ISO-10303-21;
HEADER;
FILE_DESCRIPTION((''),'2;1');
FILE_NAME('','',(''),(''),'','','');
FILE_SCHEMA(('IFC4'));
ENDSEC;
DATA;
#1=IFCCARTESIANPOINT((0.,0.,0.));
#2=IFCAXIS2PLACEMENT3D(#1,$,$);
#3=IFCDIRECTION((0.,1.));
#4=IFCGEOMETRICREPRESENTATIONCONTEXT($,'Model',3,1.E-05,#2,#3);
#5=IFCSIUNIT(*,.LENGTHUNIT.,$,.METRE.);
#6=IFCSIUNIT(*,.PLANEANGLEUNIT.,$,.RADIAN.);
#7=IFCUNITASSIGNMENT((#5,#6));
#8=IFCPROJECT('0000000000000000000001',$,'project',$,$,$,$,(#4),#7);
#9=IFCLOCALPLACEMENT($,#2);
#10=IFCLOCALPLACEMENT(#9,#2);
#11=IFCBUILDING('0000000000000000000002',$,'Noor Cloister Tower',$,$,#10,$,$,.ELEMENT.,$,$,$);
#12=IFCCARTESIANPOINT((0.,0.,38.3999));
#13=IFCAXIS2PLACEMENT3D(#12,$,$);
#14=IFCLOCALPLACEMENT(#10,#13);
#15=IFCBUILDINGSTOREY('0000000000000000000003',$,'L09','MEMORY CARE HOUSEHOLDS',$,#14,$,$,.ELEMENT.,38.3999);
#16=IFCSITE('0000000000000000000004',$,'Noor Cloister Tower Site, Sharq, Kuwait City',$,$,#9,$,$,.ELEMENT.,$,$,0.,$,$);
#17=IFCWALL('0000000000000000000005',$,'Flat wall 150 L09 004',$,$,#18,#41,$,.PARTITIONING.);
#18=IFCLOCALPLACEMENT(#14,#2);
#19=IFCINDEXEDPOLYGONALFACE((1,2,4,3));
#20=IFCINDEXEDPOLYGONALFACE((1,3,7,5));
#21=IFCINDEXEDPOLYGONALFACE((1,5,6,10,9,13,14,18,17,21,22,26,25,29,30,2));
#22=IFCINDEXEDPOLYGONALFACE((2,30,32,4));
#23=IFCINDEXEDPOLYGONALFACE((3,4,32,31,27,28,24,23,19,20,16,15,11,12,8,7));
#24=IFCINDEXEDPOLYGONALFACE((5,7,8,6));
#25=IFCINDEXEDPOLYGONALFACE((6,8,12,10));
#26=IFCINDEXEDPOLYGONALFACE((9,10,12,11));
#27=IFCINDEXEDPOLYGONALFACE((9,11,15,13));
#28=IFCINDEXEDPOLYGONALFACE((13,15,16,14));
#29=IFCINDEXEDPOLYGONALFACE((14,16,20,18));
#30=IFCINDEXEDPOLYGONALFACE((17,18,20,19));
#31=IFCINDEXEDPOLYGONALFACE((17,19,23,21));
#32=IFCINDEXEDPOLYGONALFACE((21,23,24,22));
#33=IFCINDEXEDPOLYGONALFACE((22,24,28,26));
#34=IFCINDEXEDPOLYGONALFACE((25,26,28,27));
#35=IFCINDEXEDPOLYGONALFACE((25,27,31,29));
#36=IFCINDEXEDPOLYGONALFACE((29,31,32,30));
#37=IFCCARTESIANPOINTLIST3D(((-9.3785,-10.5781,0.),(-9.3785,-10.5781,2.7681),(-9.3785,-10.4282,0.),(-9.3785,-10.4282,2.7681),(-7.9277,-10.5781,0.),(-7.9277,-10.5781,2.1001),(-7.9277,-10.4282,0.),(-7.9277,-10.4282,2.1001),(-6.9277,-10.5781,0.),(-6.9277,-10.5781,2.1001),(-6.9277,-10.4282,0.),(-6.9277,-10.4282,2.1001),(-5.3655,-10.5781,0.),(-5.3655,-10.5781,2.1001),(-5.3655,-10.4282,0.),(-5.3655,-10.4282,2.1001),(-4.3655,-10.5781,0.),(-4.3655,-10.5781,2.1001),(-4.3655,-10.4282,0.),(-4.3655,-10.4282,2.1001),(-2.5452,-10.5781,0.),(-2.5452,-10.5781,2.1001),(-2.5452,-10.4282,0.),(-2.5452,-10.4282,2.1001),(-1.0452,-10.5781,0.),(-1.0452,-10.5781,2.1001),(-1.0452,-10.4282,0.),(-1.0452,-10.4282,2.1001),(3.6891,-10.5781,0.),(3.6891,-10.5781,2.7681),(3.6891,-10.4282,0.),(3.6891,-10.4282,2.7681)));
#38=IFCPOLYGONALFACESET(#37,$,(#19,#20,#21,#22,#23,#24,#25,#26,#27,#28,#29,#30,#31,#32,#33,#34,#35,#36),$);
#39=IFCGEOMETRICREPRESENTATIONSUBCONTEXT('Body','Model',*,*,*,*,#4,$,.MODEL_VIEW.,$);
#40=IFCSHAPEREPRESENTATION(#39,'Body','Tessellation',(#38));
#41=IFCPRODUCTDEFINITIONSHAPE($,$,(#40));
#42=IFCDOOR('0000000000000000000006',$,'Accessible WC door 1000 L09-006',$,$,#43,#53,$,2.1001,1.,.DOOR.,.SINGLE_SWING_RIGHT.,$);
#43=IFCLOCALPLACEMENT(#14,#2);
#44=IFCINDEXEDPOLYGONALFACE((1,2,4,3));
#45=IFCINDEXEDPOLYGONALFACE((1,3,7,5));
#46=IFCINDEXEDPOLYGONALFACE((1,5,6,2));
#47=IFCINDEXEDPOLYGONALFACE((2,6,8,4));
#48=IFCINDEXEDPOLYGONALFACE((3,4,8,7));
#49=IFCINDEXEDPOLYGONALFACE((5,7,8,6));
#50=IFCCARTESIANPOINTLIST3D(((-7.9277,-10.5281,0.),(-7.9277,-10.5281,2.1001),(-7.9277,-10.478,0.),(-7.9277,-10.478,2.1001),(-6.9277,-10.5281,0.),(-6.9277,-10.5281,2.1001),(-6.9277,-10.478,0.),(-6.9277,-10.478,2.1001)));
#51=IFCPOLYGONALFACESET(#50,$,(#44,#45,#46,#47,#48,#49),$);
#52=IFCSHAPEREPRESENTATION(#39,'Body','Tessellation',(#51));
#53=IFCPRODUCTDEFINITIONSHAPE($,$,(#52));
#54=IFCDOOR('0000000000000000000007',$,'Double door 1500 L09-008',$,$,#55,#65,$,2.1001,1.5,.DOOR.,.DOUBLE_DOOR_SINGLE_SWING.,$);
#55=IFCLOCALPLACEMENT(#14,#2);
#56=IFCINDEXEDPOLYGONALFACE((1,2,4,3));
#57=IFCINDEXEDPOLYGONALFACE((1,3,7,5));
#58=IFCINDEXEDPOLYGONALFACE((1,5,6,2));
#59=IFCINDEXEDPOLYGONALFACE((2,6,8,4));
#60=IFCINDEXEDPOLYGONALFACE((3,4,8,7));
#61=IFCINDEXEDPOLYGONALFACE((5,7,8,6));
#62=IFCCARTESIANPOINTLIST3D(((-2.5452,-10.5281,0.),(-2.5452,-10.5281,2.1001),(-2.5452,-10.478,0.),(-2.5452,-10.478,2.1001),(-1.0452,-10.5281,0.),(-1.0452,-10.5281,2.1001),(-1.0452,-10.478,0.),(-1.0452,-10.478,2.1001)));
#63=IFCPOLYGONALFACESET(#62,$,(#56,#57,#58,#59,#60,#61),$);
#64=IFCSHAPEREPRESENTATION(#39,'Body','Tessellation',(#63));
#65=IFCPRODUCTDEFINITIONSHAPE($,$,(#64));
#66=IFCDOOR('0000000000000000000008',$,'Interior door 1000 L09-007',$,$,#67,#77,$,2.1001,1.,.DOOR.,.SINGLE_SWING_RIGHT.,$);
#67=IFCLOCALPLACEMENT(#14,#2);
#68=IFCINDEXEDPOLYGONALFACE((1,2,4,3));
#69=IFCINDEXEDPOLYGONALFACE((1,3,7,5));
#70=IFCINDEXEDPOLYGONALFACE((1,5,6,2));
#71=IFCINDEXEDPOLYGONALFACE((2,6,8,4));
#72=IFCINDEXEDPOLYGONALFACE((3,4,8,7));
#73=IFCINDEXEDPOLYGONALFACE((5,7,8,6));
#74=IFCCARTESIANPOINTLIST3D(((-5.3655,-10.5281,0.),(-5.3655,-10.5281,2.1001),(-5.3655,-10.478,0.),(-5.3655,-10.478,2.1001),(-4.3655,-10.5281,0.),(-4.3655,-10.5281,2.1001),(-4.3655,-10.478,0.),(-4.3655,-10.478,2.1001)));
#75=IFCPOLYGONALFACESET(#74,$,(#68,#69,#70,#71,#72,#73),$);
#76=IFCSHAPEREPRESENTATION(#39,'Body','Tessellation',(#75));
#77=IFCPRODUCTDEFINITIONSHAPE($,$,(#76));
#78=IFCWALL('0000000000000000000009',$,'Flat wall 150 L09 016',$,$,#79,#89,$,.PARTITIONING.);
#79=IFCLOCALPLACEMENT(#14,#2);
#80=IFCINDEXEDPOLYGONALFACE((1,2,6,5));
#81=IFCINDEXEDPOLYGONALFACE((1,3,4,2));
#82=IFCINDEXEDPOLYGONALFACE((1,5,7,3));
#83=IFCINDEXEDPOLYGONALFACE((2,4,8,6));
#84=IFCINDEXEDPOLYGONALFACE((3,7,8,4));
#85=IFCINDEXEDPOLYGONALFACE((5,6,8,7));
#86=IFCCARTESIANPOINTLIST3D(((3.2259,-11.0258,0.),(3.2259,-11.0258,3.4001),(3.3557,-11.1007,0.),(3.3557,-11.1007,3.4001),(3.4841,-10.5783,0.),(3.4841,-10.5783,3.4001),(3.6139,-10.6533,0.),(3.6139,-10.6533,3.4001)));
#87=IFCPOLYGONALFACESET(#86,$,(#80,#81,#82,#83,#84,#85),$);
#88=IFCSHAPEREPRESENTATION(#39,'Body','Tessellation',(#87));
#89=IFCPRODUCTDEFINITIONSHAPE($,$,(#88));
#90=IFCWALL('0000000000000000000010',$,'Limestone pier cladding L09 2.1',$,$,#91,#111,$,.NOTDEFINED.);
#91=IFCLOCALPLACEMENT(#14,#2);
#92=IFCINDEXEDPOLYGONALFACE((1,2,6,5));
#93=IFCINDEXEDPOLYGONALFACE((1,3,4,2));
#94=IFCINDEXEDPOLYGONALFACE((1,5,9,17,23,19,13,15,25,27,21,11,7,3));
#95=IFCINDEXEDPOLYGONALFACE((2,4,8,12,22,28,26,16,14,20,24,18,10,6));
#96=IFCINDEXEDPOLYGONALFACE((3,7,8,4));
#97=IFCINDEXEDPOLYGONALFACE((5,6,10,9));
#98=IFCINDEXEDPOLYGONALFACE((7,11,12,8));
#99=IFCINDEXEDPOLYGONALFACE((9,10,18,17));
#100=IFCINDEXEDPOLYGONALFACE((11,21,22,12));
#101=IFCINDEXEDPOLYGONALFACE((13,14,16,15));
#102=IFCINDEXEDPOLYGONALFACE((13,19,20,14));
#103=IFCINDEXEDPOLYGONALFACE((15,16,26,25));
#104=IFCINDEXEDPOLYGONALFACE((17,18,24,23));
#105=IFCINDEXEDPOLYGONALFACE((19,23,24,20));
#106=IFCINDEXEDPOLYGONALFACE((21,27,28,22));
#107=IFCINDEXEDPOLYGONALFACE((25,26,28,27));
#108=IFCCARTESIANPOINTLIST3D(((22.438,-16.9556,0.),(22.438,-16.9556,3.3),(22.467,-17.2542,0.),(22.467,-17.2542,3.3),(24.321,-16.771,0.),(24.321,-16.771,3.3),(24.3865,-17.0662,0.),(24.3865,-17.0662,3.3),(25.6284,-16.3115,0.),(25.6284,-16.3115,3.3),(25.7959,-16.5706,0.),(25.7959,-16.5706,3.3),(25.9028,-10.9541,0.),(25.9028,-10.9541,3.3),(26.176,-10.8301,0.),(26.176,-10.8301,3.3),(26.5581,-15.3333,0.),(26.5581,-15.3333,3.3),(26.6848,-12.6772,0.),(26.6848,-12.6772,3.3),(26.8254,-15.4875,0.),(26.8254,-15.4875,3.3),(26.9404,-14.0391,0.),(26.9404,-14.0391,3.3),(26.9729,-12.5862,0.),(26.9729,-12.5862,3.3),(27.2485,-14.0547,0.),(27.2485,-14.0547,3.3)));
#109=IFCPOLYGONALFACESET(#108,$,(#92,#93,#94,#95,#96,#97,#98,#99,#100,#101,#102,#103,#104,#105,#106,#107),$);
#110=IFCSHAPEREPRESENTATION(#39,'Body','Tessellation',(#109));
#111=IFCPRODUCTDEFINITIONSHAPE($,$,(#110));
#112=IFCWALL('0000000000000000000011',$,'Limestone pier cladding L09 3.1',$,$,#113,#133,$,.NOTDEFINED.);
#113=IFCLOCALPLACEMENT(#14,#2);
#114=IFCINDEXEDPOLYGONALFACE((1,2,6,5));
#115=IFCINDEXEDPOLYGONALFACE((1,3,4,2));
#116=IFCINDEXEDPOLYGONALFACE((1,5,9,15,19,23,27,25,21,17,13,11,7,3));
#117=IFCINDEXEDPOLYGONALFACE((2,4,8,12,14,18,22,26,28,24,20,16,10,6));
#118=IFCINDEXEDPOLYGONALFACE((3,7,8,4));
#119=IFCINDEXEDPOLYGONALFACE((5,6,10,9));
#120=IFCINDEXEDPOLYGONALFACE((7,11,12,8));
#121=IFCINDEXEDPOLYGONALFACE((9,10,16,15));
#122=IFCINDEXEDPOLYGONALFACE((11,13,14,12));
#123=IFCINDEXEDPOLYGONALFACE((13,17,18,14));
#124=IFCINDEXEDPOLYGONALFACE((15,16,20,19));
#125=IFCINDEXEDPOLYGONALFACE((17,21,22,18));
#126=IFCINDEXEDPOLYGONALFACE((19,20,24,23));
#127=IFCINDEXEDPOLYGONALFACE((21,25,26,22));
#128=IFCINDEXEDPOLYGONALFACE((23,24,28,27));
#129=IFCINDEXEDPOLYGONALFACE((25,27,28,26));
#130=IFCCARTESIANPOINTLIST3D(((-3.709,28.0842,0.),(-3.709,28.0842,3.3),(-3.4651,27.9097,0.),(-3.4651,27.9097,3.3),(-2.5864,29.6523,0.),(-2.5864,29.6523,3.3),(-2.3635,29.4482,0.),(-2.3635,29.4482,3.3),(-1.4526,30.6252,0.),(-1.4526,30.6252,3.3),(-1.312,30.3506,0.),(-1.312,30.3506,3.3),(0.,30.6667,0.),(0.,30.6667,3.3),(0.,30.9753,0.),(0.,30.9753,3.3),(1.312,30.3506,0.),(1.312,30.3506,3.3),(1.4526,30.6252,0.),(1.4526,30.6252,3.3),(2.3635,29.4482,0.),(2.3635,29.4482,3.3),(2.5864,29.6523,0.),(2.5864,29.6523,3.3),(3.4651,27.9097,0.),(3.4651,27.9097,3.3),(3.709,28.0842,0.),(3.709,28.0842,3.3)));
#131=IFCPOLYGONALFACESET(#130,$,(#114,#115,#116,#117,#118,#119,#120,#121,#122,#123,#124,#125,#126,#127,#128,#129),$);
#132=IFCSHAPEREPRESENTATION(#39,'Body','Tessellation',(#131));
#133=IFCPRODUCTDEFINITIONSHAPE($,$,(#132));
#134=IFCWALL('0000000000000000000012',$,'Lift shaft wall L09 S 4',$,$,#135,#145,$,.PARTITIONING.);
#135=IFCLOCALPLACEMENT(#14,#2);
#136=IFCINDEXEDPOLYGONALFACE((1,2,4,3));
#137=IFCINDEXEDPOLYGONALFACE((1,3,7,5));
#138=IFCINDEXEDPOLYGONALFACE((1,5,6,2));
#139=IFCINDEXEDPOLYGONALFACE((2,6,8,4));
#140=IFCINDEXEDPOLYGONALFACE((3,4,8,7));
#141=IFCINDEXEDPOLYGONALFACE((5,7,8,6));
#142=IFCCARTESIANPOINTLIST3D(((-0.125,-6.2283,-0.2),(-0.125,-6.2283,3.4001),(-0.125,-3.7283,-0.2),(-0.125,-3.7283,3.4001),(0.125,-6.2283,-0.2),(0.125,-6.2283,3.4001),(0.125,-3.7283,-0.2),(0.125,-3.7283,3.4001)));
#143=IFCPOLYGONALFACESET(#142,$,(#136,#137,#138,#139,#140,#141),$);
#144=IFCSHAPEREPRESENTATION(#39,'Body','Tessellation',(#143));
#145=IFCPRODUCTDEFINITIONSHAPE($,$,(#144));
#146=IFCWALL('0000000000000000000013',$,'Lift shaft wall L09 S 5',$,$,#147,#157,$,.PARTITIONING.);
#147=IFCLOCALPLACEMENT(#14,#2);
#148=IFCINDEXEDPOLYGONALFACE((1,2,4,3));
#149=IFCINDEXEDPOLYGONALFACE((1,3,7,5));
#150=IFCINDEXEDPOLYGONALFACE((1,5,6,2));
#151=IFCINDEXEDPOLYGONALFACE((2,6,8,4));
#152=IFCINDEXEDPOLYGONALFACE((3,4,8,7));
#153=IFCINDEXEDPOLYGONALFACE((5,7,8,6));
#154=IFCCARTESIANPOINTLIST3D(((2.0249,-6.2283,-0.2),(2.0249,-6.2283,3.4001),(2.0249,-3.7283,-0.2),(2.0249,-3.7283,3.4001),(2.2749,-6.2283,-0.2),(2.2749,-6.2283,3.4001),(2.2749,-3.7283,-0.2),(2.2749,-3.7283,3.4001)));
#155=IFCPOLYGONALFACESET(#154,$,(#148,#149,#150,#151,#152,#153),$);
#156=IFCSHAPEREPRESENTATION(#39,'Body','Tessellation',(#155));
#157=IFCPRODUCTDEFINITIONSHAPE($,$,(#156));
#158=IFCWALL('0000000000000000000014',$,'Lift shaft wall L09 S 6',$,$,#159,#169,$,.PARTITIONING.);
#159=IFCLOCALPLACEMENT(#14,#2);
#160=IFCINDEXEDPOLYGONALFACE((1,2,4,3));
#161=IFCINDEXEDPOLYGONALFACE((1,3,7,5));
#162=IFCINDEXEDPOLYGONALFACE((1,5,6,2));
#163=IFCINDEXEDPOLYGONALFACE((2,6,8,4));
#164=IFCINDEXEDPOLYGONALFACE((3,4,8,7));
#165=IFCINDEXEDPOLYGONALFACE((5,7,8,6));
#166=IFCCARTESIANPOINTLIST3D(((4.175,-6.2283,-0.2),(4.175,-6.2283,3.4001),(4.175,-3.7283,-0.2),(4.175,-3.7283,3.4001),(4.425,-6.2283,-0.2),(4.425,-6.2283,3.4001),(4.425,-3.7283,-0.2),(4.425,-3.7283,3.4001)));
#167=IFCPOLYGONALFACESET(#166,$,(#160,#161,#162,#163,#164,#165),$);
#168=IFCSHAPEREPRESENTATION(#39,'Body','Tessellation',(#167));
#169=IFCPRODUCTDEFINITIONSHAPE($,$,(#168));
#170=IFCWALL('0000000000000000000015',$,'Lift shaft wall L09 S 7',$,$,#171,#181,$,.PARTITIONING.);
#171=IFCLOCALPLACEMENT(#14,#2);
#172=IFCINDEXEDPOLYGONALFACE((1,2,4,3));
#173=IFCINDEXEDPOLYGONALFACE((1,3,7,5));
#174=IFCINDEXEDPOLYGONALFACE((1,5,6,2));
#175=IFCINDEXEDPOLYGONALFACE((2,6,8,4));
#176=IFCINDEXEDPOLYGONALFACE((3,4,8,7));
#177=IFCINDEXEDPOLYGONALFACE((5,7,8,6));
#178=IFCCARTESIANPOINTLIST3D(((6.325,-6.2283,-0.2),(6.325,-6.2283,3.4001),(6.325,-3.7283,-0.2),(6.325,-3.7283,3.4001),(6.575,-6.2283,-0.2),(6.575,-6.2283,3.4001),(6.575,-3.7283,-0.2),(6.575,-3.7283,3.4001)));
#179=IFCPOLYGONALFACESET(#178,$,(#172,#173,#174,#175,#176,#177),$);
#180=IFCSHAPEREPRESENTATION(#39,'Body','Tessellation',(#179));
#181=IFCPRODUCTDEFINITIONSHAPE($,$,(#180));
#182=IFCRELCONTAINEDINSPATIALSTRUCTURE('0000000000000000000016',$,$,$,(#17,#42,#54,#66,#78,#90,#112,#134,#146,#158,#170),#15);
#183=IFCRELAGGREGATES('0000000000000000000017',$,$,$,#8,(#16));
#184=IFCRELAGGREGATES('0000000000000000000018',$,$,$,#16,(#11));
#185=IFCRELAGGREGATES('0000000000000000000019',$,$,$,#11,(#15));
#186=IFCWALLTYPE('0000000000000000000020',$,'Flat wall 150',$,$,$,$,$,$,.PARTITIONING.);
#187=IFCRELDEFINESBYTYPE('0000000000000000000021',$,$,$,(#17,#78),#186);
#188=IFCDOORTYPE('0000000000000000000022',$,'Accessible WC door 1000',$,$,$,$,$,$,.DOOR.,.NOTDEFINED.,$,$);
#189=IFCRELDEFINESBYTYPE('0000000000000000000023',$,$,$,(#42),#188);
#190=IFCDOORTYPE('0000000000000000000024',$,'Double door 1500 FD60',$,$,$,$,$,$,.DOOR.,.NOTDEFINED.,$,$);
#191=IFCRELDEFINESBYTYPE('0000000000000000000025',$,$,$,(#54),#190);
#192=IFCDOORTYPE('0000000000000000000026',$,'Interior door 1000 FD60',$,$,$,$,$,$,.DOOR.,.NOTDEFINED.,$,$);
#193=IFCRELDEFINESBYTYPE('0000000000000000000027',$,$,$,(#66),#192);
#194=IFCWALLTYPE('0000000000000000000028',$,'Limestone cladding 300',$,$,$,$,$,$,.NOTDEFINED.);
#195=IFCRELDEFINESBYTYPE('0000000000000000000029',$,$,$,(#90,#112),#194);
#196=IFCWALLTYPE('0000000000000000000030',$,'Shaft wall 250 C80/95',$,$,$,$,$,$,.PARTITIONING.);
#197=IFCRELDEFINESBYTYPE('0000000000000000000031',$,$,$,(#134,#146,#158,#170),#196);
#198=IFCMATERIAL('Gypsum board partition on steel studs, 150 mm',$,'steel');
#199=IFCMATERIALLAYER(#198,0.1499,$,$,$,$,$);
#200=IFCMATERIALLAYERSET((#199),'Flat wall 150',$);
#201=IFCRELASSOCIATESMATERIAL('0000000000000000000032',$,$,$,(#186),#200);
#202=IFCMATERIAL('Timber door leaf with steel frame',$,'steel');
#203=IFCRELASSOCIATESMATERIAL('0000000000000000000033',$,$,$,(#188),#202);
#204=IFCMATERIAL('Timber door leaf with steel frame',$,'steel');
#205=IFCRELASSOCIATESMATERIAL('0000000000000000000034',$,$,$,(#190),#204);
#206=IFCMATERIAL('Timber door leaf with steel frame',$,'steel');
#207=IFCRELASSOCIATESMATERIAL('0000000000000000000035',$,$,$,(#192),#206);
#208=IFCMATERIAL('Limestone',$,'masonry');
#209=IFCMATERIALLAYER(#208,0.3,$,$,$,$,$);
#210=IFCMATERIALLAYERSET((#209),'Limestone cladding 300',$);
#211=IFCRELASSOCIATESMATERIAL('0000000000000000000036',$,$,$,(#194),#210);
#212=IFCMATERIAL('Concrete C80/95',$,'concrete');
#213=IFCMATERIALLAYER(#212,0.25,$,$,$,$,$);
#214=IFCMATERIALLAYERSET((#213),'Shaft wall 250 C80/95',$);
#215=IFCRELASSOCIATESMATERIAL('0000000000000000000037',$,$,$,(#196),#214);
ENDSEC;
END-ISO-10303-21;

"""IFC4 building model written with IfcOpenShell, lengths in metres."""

from ifc_helpers import new_model, si_unit, direction, frame, frame_2d, origin, place, context, subcontext, project, spatial, polyline, rectangle, outline, extrude, material, layer, layer_set, type_object, element, fill, save


model = new_model("IFC4")

# Units and contexts
model_context = context("Model", 3, precision=1e-05, world=origin(), true_north=direction((0.0, 1.0)))
body_context = subcontext(model_context, "Body", "Model", "MODEL_VIEW")
ifc_project = project(units=[si_unit("LENGTHUNIT", "METRE"), si_unit("PLANEANGLEUNIT", "RADIAN")], contexts=[model_context])

# Site, building, storey
site_placement = place(None, origin())
site = spatial("IfcSite", under=ifc_project, at=site_placement, Name="Noor Cloister Tower Site, Sharq, Kuwait City", CompositionType="ELEMENT", RefElevation=0.0)
building_placement = place(site_placement, origin())
building = spatial("IfcBuilding", under=site, at=building_placement, Name="Noor Cloister Tower", CompositionType="ELEMENT")
storey_placement = place(building_placement, frame((0.0, 0.0, 38.3999)))
storey = spatial("IfcBuildingStorey", under=building, at=storey_placement, Name="L09", Description="MEMORY CARE HOUSEHOLDS", CompositionType="ELEMENT", Elevation=38.3999)

# Wall, openings, doors
ifc_material_1 = material(Name="Gypsum board partition on steel studs, 150 mm", Category="steel")
ifc_layer_1 = layer(ifc_material_1, 0.1499)
ifc_layer_set_1 = layer_set([ifc_layer_1], Name="Flat wall 150")
wall_type_1 = type_object("IfcWallType", Name="Flat wall 150", PredefinedType="PARTITIONING", material=ifc_layer_set_1)
wall_1_placement = place(storey_placement, frame((3.689, -10.5032, 0.0), z_axis=(0.0, 0.0, 1.0), x_axis=(-1.0, 0.0, 0.0)))
wall_1 = element("IfcWall", 1, at=wall_1_placement, inside=storey, type_object=wall_type_1, Name="Flat wall 150 L09 004", PredefinedType="PARTITIONING", context=body_context, shape_type="SweptSolid", body=[
    extrude(rectangle(XDim=13.0676, YDim=0.1499, at=frame_2d((6.5337, 0.0))), origin(), (0.0, 0.0, 1.0), 2.7681),
])
opening_1_placement = place(wall_1_placement, frame((10.6167, 0.0, 0.0)))
opening_1 = element("IfcOpeningElement", 2, at=opening_1_placement, cuts=wall_1, PredefinedType="OPENING", context=body_context, shape_type="SweptSolid", body=[
    extrude(rectangle(XDim=1.0, YDim=2.1001, at=frame_2d((0.5, 1.05))), frame((0.0, 0.085, 0.0), z_axis=(0.0, -1.0, 0.0), x_axis=(1.0, 0.0, 0.0)), (0.0, 0.0, 1.0), 0.1699),
])
opening_2_placement = place(wall_1_placement, frame((8.0544, 0.0, 0.0)))
opening_2 = element("IfcOpeningElement", 3, at=opening_2_placement, cuts=wall_1, PredefinedType="OPENING", context=body_context, shape_type="SweptSolid", body=[
    extrude(rectangle(XDim=1.0, YDim=2.1001, at=frame_2d((0.5, 1.05))), frame((0.0, 0.085, 0.0), z_axis=(0.0, -1.0, 0.0), x_axis=(1.0, 0.0, 0.0)), (0.0, 0.0, 1.0), 0.1699),
])
opening_3_placement = place(wall_1_placement, frame((4.7341, 0.0, 0.0)))
opening_3 = element("IfcOpeningElement", 4, at=opening_3_placement, cuts=wall_1, PredefinedType="OPENING", context=body_context, shape_type="SweptSolid", body=[
    extrude(rectangle(XDim=1.5, YDim=2.1001, at=frame_2d((0.75, 1.05))), frame((0.0, 0.085, 0.0), z_axis=(0.0, -1.0, 0.0), x_axis=(1.0, 0.0, 0.0)), (0.0, 0.0, 1.0), 0.1699),
])
ifc_material_2 = material(Name="Timber door leaf with steel frame", Category="steel")
door_type_1 = type_object("IfcDoorType", Name="Accessible WC door 1000", OperationType="NOTDEFINED", PredefinedType="DOOR", material=ifc_material_2)
door_1_placement = place(opening_1_placement, origin())
door_1 = element("IfcDoor", 5, at=door_1_placement, inside=storey, type_object=door_type_1, Name="Accessible WC door 1000 L09-006", OperationType="SINGLE_SWING_RIGHT", OverallHeight=2.1001, OverallWidth=1.0, PredefinedType="DOOR", context=body_context, shape_type="SweptSolid", body=[
    extrude(rectangle(XDim=1.0, YDim=2.1001, at=frame_2d((0.5, 1.05))), frame((0.0, 0.0249, 0.0), z_axis=(0.0, -1.0, 0.0), x_axis=(1.0, 0.0, 0.0)), (0.0, 0.0, 1.0), 0.05),
])
fill(opening_1, door_1)
ifc_material_3 = material(Name="Timber door leaf with steel frame", Category="steel")
door_type_2 = type_object("IfcDoorType", Name="Double door 1500 FD60", OperationType="NOTDEFINED", PredefinedType="DOOR", material=ifc_material_3)
door_2_placement = place(opening_3_placement, origin())
door_2 = element("IfcDoor", 6, at=door_2_placement, inside=storey, type_object=door_type_2, Name="Double door 1500 L09-008", OperationType="DOUBLE_DOOR_SINGLE_SWING", OverallHeight=2.1001, OverallWidth=1.5, PredefinedType="DOOR", context=body_context, shape_type="SweptSolid", body=[
    extrude(rectangle(XDim=1.5, YDim=2.1001, at=frame_2d((0.75, 1.05))), frame((0.0, 0.0249, 0.0), z_axis=(0.0, -1.0, 0.0), x_axis=(1.0, 0.0, 0.0)), (0.0, 0.0, 1.0), 0.05),
])
fill(opening_3, door_2)
ifc_material_4 = material(Name="Timber door leaf with steel frame", Category="steel")
door_type_3 = type_object("IfcDoorType", Name="Interior door 1000 FD60", OperationType="NOTDEFINED", PredefinedType="DOOR", material=ifc_material_4)
door_3_placement = place(opening_2_placement, origin())
door_3 = element("IfcDoor", 7, at=door_3_placement, inside=storey, type_object=door_type_3, Name="Interior door 1000 L09-007", OperationType="SINGLE_SWING_RIGHT", OverallHeight=2.1001, OverallWidth=1.0, PredefinedType="DOOR", context=body_context, shape_type="SweptSolid", body=[
    extrude(rectangle(XDim=1.0, YDim=2.1001, at=frame_2d((0.5, 1.05))), frame((0.0, 0.0249, 0.0), z_axis=(0.0, -1.0, 0.0), x_axis=(1.0, 0.0, 0.0)), (0.0, 0.0, 1.0), 0.05),
])
fill(opening_2, door_3)

# Walls
wall_2_placement = place(storey_placement, frame((3.2908, -11.0632, 0.0), z_axis=(0.0, 0.0, 1.0), x_axis=(0.4999, 0.866083, 0.0)))
element("IfcWall", 8, at=wall_2_placement, inside=storey, type_object=wall_type_1, Name="Flat wall 150 L09 016", PredefinedType="PARTITIONING", context=body_context, shape_type="SweptSolid", body=[
    extrude(rectangle(XDim=0.5166, YDim=0.1499, at=frame_2d((0.2583, 0.0))), origin(), (0.0, 0.0, 1.0), 3.4001),
])
ifc_material_5 = material(Name="Limestone", Category="masonry")
ifc_layer_2 = layer(ifc_material_5, 0.3)
ifc_layer_set_2 = layer_set([ifc_layer_2], Name="Limestone cladding 300")
wall_type_2 = type_object("IfcWallType", Name="Limestone cladding 300", PredefinedType="NOTDEFINED", material=ifc_layer_set_2)
wall_3_placement = place(storey_placement, origin())
element("IfcWall", 9, at=wall_3_placement, inside=storey, type_object=wall_type_2, Name="Limestone pier cladding L09 2.1", PredefinedType="NOTDEFINED", context=body_context, shape_type="SweptSolid", body=[
    extrude(outline(polyline([(22.467, -17.2542), (24.3865, -17.0662), (25.7959, -16.5706), (26.8254, -15.4875), (27.2485, -14.0547), (26.9729, -12.5862), (26.176, -10.8301), (25.9028, -10.9541), (26.6848, -12.6772), (26.9404, -14.0391), (26.5581, -15.3333), (25.6284, -16.3115), (24.321, -16.771), (22.438, -16.9556), (22.467, -17.2542)])), origin(), (0.0, 0.0, 1.0), 3.3),
])
wall_4_placement = place(storey_placement, origin())
element("IfcWall", 10, at=wall_4_placement, inside=storey, type_object=wall_type_2, Name="Limestone pier cladding L09 3.1", PredefinedType="NOTDEFINED", context=body_context, shape_type="SweptSolid", body=[
    extrude(outline(polyline([(3.709, 28.0842), (2.5864, 29.6523), (1.4526, 30.6252), (0.0, 30.9753), (-1.4526, 30.6252), (-2.5864, 29.6523), (-3.709, 28.0842), (-3.4651, 27.9097), (-2.3635, 29.4482), (-1.312, 30.3506), (0.0, 30.6667), (1.312, 30.3506), (2.3635, 29.4482), (3.4651, 27.9097), (3.709, 28.0842)])), origin(), (0.0, 0.0, 1.0), 3.3),
])
ifc_material_6 = material(Name="Concrete C80/95", Category="concrete")
ifc_layer_3 = layer(ifc_material_6, 0.25)
ifc_layer_set_3 = layer_set([ifc_layer_3], Name="Shaft wall 250 C80/95")
wall_type_3 = type_object("IfcWallType", Name="Shaft wall 250 C80/95", PredefinedType="PARTITIONING", material=ifc_layer_set_3)
for number, where, z_axis, x_axis, name in (
    (11, (0.0, -6.2283, -0.2), (0.0, 0.0, 1.0), (0.0, 1.0, 0.0), "Lift shaft wall L09 S 4"),
    (12, (2.1499, -6.2283, -0.2), (0.0, 0.0, 1.0), (0.0, 1.0, 0.0), "Lift shaft wall L09 S 5"),
    (13, (4.3, -6.2283, -0.2), (0.0, 0.0, 1.0), (0.0, 1.0, 0.0), "Lift shaft wall L09 S 6"),
    (14, (6.45, -6.2283, -0.2), (0.0, 0.0, 1.0), (0.0, 1.0, 0.0), "Lift shaft wall L09 S 7"),
):
    element("IfcWall", number, at=place(storey_placement, frame(where, z_axis=z_axis, x_axis=x_axis)), inside=storey, type_object=wall_type_3, Name=name, PredefinedType="PARTITIONING", context=body_context, shape_type="SweptSolid", body=[
        extrude(rectangle(XDim=2.5, YDim=0.25, at=frame_2d((1.25, 0.0))), origin(), (0.0, 0.0, 1.0), 3.6001),
    ])

save(model, "model.ifc")
